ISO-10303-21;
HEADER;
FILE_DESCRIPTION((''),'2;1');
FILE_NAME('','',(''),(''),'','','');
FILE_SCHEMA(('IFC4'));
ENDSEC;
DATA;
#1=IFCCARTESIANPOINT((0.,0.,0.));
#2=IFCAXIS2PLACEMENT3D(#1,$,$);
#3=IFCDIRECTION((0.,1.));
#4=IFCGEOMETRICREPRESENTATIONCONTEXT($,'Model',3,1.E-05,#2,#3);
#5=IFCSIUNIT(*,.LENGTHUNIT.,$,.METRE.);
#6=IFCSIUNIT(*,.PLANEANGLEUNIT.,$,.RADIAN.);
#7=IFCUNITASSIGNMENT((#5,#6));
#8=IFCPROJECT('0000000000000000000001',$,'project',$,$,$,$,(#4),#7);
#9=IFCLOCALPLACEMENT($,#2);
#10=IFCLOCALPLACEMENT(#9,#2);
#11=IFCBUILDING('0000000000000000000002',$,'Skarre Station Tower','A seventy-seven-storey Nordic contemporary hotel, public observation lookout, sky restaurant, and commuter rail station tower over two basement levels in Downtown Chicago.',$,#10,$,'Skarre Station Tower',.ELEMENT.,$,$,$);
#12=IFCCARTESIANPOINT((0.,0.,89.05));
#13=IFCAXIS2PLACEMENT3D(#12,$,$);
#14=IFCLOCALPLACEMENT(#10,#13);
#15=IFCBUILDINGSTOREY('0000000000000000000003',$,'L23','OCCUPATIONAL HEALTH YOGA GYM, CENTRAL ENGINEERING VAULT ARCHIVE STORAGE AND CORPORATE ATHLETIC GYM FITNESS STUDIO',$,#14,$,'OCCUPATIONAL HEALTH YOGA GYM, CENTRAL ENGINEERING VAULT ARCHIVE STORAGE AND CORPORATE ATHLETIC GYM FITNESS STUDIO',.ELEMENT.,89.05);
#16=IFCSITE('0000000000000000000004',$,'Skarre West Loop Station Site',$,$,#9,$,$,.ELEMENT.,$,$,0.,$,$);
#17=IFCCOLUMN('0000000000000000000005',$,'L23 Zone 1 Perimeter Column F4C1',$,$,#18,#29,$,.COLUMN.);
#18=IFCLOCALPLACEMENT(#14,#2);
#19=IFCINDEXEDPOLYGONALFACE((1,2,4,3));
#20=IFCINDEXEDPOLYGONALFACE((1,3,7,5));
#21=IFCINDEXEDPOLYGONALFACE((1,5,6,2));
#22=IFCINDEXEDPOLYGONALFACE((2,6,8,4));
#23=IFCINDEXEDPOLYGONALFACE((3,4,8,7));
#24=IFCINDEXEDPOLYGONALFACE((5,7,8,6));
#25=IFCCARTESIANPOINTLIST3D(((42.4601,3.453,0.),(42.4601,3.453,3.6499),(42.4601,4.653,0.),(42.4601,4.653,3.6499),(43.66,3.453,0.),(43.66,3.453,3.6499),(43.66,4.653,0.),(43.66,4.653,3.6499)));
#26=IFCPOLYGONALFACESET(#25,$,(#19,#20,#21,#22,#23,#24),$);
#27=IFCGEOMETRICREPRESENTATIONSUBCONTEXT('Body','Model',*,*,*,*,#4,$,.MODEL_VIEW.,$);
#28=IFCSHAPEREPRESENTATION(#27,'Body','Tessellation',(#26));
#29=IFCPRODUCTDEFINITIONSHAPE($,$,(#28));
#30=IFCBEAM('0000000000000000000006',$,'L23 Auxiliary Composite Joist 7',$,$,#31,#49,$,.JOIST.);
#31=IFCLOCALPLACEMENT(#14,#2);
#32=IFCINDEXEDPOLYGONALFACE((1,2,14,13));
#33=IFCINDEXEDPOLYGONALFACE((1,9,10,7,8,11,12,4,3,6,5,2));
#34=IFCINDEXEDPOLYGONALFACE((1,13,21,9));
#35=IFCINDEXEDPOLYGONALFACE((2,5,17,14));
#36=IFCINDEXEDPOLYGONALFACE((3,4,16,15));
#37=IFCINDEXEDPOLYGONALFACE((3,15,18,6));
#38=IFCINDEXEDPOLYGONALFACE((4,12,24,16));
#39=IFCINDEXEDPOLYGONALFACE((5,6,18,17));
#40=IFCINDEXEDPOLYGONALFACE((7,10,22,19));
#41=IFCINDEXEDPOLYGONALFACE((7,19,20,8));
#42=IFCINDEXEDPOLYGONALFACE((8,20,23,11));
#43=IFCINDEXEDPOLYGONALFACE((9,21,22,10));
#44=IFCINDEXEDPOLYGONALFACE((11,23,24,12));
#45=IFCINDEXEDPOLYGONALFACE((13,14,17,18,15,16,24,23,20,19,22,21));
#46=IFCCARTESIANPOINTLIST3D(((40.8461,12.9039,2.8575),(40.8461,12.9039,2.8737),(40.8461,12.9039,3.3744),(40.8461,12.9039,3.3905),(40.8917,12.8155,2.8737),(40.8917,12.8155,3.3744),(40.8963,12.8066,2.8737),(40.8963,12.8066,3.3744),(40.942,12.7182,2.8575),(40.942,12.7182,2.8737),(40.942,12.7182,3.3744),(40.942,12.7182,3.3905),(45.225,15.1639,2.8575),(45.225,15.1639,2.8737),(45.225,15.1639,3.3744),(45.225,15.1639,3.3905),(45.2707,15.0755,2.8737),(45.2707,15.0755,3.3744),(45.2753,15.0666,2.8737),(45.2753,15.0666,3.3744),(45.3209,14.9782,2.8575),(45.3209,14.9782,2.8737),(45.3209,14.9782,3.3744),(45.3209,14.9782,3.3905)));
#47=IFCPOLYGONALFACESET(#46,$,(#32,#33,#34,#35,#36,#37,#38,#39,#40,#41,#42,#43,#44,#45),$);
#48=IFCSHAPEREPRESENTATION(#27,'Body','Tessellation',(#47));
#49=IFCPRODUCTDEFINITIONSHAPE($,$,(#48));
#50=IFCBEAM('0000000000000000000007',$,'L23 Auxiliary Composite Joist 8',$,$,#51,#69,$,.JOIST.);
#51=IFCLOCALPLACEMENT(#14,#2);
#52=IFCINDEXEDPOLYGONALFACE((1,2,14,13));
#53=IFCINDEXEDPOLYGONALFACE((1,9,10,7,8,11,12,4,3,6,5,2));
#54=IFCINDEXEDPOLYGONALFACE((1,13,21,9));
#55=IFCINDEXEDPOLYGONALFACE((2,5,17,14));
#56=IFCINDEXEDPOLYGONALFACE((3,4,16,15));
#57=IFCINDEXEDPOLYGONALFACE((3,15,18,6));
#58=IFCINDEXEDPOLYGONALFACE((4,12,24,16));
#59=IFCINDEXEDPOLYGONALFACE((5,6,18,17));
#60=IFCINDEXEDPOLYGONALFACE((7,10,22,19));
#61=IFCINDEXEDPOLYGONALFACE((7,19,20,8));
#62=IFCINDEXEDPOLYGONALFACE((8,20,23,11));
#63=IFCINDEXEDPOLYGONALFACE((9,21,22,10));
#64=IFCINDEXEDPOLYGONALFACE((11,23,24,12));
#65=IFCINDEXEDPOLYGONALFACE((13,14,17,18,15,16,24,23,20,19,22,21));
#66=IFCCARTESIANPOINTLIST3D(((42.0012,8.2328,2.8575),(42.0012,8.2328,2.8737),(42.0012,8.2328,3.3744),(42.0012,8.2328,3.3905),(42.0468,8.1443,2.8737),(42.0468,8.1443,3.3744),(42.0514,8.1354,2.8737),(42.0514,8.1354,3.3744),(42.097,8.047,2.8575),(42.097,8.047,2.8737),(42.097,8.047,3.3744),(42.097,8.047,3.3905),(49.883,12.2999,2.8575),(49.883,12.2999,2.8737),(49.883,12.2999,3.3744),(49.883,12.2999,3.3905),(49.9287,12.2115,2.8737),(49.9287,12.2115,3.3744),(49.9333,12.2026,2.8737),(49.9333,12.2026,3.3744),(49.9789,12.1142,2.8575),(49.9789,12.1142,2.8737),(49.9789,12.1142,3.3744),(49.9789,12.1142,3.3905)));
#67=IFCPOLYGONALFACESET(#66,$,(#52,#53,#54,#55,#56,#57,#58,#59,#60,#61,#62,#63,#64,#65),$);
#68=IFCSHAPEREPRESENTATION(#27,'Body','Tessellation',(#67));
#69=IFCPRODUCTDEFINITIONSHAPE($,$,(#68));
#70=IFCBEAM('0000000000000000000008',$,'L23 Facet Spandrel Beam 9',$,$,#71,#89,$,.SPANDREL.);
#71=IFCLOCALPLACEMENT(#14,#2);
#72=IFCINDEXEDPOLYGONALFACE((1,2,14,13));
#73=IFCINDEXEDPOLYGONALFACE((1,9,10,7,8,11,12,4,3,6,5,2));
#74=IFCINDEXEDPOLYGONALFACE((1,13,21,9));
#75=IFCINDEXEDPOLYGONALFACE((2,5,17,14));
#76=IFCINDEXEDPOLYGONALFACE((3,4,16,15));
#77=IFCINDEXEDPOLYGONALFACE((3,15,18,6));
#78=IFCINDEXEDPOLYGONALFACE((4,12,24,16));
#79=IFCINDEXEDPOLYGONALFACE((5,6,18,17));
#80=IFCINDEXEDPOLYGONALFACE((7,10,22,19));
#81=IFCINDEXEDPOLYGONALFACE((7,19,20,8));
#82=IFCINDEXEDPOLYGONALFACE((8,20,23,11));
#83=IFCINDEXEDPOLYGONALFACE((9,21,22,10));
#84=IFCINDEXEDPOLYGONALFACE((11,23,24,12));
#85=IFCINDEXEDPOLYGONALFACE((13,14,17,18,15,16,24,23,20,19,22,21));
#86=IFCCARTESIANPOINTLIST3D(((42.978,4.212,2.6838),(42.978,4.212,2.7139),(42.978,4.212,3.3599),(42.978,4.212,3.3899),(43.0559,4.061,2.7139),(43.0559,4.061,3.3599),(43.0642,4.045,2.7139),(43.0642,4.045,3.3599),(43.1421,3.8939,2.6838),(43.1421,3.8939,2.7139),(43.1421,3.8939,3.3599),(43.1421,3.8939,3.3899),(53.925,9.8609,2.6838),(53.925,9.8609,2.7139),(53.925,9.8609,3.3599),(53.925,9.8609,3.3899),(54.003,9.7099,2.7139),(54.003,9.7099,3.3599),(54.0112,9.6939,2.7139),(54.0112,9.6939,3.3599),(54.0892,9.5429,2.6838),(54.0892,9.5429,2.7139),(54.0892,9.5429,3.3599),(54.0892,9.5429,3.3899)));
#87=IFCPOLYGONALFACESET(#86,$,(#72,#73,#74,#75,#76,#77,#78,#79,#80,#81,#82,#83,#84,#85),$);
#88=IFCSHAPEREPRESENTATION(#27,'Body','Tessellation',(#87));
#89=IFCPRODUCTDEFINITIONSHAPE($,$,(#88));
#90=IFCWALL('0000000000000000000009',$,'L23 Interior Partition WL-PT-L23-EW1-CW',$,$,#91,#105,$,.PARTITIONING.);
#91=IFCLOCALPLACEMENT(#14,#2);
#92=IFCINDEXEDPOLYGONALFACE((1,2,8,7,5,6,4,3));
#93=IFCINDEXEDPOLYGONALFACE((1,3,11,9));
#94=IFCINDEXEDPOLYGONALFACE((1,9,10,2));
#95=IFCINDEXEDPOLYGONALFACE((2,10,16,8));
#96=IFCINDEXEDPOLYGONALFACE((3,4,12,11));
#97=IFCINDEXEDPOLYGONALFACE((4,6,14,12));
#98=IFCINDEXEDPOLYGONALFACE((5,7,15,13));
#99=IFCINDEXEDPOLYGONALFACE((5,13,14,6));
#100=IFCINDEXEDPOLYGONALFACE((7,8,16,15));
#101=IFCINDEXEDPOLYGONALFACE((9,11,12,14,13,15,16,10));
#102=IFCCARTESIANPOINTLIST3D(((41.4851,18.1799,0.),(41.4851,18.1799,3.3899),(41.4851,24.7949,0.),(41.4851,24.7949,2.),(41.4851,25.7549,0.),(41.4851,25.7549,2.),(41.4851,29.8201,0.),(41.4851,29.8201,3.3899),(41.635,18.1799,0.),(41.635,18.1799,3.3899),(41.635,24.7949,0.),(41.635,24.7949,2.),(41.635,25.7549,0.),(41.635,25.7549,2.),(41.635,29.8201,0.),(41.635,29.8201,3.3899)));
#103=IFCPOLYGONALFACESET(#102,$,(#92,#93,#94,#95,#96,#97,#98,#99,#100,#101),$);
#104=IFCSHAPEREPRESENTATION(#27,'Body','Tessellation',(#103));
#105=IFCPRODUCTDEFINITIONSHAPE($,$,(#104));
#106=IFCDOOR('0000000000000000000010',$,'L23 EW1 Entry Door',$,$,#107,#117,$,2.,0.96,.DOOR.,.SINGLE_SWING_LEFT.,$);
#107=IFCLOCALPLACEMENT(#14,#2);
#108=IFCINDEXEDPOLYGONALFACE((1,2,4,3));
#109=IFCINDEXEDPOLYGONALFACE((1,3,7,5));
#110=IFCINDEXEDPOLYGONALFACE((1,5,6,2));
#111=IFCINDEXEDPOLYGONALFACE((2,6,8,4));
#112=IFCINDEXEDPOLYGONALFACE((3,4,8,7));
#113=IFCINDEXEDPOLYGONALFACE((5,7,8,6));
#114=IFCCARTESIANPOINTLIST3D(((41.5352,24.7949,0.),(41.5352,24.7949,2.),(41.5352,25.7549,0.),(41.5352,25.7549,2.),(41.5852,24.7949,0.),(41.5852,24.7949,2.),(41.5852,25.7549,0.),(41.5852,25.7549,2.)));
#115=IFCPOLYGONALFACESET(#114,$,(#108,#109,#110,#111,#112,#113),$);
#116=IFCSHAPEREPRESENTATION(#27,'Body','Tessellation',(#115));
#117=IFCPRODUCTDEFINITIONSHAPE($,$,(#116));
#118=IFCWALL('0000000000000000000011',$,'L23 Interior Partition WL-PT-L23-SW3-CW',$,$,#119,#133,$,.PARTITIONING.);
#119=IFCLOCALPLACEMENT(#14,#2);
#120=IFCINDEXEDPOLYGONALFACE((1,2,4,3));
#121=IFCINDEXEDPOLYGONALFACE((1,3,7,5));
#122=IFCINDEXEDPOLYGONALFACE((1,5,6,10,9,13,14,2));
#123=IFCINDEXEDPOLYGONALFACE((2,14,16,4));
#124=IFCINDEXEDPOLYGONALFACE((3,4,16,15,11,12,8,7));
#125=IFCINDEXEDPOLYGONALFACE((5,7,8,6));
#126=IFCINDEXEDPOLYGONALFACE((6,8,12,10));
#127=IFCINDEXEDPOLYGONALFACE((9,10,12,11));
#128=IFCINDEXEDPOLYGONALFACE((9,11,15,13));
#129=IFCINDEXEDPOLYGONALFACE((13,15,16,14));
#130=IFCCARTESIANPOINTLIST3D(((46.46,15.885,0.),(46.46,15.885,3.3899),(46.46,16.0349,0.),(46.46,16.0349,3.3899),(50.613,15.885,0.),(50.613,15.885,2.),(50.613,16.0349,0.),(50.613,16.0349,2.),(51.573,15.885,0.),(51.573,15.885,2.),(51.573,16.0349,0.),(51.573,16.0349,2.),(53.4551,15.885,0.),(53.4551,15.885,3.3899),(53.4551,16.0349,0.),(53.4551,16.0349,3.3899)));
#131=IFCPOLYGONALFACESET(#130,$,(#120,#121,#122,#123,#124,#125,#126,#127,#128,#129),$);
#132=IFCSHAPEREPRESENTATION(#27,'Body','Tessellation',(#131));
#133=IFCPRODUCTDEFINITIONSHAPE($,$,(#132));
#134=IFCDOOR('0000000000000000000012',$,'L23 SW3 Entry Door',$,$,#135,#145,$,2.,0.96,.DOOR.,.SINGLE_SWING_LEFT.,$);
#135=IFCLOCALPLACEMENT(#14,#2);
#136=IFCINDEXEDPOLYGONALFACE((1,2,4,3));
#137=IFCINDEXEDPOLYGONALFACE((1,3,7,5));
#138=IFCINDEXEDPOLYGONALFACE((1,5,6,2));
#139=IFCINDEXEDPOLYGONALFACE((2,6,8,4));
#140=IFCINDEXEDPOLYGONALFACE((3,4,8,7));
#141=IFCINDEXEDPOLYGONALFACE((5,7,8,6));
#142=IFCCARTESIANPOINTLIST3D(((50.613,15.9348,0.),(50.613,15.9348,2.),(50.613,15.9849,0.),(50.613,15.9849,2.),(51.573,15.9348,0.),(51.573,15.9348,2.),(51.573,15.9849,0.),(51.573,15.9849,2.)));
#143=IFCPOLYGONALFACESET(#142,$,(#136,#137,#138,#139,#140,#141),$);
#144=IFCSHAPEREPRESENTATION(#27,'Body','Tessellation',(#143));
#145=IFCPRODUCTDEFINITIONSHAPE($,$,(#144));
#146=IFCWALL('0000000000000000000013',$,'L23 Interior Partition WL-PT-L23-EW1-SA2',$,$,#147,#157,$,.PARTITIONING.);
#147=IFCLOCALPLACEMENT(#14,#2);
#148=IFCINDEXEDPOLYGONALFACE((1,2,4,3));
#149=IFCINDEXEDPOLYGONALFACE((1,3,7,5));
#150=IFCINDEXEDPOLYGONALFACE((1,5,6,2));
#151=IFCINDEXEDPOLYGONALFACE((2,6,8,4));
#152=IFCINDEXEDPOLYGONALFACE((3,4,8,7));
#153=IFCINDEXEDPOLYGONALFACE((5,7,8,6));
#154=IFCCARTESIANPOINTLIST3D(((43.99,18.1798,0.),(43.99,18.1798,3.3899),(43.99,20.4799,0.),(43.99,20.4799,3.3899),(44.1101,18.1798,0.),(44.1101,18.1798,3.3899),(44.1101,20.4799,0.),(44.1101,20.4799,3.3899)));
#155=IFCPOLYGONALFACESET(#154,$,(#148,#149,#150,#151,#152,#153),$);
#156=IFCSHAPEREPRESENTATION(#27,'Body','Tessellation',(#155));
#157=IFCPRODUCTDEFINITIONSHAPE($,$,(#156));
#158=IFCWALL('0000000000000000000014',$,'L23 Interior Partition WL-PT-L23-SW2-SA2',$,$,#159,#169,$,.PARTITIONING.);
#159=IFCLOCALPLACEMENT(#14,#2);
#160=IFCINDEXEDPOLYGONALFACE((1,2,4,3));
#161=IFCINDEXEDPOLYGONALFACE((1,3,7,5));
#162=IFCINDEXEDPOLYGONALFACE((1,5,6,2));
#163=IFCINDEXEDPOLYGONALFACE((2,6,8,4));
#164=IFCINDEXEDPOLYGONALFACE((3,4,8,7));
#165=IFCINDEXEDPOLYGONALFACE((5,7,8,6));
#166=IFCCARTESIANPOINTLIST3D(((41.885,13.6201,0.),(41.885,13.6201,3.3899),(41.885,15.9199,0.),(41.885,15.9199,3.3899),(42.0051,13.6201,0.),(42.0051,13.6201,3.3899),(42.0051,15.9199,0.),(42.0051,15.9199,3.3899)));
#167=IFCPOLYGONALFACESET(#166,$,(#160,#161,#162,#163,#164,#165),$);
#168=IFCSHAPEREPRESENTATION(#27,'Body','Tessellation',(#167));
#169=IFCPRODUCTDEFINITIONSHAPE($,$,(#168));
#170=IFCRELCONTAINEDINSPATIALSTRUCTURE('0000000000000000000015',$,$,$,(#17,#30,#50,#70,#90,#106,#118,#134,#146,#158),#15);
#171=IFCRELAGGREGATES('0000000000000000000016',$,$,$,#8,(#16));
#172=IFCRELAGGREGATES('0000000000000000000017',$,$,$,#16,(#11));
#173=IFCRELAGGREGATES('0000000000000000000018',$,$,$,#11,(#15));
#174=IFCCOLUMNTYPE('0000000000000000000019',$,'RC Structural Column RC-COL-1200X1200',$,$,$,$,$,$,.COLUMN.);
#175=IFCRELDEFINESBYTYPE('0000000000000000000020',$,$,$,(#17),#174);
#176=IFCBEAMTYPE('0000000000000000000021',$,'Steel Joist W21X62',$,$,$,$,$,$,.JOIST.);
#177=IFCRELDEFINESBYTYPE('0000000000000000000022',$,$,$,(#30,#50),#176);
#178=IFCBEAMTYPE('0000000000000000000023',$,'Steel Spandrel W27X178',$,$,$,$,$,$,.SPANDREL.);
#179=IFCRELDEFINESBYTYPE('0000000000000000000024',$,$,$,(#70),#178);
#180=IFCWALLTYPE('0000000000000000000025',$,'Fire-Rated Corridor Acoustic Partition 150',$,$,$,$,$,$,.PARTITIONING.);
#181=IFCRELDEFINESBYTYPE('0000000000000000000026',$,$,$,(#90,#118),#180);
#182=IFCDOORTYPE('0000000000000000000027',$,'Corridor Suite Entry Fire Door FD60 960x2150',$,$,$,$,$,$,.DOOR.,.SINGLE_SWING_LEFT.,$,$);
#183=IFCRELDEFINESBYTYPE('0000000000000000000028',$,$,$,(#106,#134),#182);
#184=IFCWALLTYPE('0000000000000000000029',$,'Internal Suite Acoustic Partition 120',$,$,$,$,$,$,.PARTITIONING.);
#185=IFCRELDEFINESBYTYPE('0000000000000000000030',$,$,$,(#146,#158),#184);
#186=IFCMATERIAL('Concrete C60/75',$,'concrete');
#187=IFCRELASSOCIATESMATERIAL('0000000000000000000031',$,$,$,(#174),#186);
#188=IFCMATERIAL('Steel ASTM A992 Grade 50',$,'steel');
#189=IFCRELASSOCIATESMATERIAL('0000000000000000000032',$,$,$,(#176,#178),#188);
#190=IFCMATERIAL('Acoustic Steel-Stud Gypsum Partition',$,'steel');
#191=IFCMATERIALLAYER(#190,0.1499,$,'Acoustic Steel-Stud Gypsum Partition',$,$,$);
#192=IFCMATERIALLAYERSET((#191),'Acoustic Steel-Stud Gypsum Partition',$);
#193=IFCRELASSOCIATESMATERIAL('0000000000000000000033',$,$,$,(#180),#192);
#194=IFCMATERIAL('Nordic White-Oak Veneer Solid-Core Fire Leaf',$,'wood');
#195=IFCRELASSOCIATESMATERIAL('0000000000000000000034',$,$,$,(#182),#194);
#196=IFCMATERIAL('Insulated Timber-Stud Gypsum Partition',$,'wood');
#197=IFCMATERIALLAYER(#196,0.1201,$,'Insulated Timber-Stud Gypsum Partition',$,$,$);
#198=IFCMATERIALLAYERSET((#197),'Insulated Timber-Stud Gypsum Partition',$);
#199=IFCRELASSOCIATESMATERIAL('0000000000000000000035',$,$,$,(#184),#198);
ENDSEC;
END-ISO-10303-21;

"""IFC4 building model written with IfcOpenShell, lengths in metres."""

from ifc_helpers import new_model, si_unit, direction, frame, frame_2d, origin, origin_2d, place, context, subcontext, project, spatial, rectangle, i_section, extrude, material, layer, layer_set, material_profile, profile_set, type_object, element, fill, save


model = new_model("IFC4")

# Units and contexts
model_context = context("Model", 3, precision=1e-05, world=origin(), true_north=direction((0.0, 1.0)))
body_context = subcontext(model_context, "Body", "Model", "MODEL_VIEW")
ifc_project = project(units=[si_unit("LENGTHUNIT", "METRE"), si_unit("PLANEANGLEUNIT", "RADIAN")], contexts=[model_context])

# Site, building, storey
site_placement = place(None, origin())
site = spatial("IfcSite", under=ifc_project, at=site_placement, Name="Skarre West Loop Station Site", CompositionType="ELEMENT", RefElevation=0.0)
building_placement = place(site_placement, origin())
building = spatial("IfcBuilding", under=site, at=building_placement, Name="Skarre Station Tower", Description="A seventy-seven-storey Nordic contemporary hotel, public observation lookout, sky restaurant, and commuter rail station tower over two basement levels in Downtown Chicago.", LongName="Skarre Station Tower", CompositionType="ELEMENT")
storey_placement = place(building_placement, frame((0.0, 0.0, 89.05)))
storey = spatial("IfcBuildingStorey", under=building, at=storey_placement, Name="L23", Description="OCCUPATIONAL HEALTH YOGA GYM, CENTRAL ENGINEERING VAULT ARCHIVE STORAGE AND CORPORATE ATHLETIC GYM FITNESS STUDIO", LongName="OCCUPATIONAL HEALTH YOGA GYM, CENTRAL ENGINEERING VAULT ARCHIVE STORAGE AND CORPORATE ATHLETIC GYM FITNESS STUDIO", CompositionType="ELEMENT", Elevation=89.05)

# Column
ifc_material_1 = material(Name="Concrete C60/75", Category="concrete")
ifc_material_profile_1 = material_profile(ifc_material_1, rectangle(XDim=1.2, YDim=1.2, at=origin_2d()), Name="Concrete C60/75")
ifc_profile_set_1 = profile_set([ifc_material_profile_1], Name="Concrete C60/75")
column_type = type_object("IfcColumnType", Name="RC Structural Column RC-COL-1200X1200", PredefinedType="COLUMN", material=ifc_profile_set_1)
column_placement = place(storey_placement, frame((43.0601, 4.053, 0.0), z_axis=(0.0, 0.0, 1.0), x_axis=(1.0, 0.0, 0.0)))
element("IfcColumn", 1, at=column_placement, inside=storey, type_object=column_type, Name="L23 Zone 1 Perimeter Column F4C1", PredefinedType="COLUMN", context=body_context, shape_type="SweptSolid", body=[
    extrude(rectangle(XDim=1.2, YDim=1.2, at=origin_2d()), origin(), (0.0, 0.0, 1.0), 3.6499),
])

# Beams
ifc_material_2 = material(Name="Steel ASTM A992 Grade 50", Category="steel")
ifc_material_profile_2 = material_profile(ifc_material_2, i_section(OverallWidth=0.209, OverallDepth=0.533, WebThickness=0.01, FlangeThickness=0.0161, at=origin_2d()), Name="Steel ASTM A992 Grade 50")
ifc_profile_set_2 = profile_set([ifc_material_profile_2], Name="Steel ASTM A992 Grade 50")
beam_type_1 = type_object("IfcBeamType", Name="Steel Joist W21X62", PredefinedType="JOIST", material=ifc_profile_set_2)
beam_1_placement = place(storey_placement, frame((40.894, 12.811, 3.124), z_axis=(0.888627, 0.458632, 0.0), x_axis=(-0.458632, 0.888627, 0.0)))
element("IfcBeam", 2, at=beam_1_placement, inside=storey, type_object=beam_type_1, Name="L23 Auxiliary Composite Joist 7", PredefinedType="JOIST", context=body_context, shape_type="SweptSolid", body=[
    extrude(i_section(OverallWidth=0.209, OverallDepth=0.533, WebThickness=0.01, FlangeThickness=0.0161, at=origin_2d()), origin(), (0.0, 0.0, 1.0), 4.9277),
])
beam_2_placement = place(storey_placement, frame((42.0491, 8.1399, 3.124), z_axis=(0.888662, 0.458562, 0.0), x_axis=(-0.458562, 0.888662, 0.0)))
element("IfcBeam", 3, at=beam_2_placement, inside=storey, type_object=beam_type_1, Name="L23 Auxiliary Composite Joist 8", PredefinedType="JOIST", context=body_context, shape_type="SweptSolid", body=[
    extrude(i_section(OverallWidth=0.209, OverallDepth=0.533, WebThickness=0.01, FlangeThickness=0.0161, at=origin_2d()), origin(), (0.0, 0.0, 1.0), 8.8694),
])
ifc_material_profile_3 = material_profile(ifc_material_2, i_section(OverallWidth=0.3579, OverallDepth=0.7061, WebThickness=0.0181, FlangeThickness=0.03, at=origin_2d()), Name="Steel ASTM A992 Grade 50")
ifc_profile_set_3 = profile_set([ifc_material_profile_3], Name="Steel ASTM A992 Grade 50")
beam_type_2 = type_object("IfcBeamType", Name="Steel Spandrel W27X178", PredefinedType="SPANDREL", material=ifc_profile_set_3)
beam_3_placement = place(storey_placement, frame((43.0601, 4.053, 3.0369), z_axis=(0.888659, 0.458569, 0.0), x_axis=(-0.458569, 0.888659, 0.0)))
element("IfcBeam", 4, at=beam_3_placement, inside=storey, type_object=beam_type_2, Name="L23 Facet Spandrel Beam 9", PredefinedType="SPANDREL", context=body_context, shape_type="SweptSolid", body=[
    extrude(i_section(OverallWidth=0.3579, OverallDepth=0.7061, WebThickness=0.0181, FlangeThickness=0.03, at=origin_2d()), origin(), (0.0, 0.0, 1.0), 12.3186),
])

# Walls, openings, doors
ifc_material_3 = material(Name="Acoustic Steel-Stud Gypsum Partition", Category="steel")
ifc_layer_1 = layer(ifc_material_3, 0.1499, Name="Acoustic Steel-Stud Gypsum Partition")
ifc_layer_set_1 = layer_set([ifc_layer_1], Name="Acoustic Steel-Stud Gypsum Partition")
wall_type_1 = type_object("IfcWallType", Name="Fire-Rated Corridor Acoustic Partition 150", PredefinedType="PARTITIONING", material=ifc_layer_set_1)
wall_1_placement = place(storey_placement, frame((41.5601, 18.1799, 0.0), z_axis=(0.0, 0.0, 1.0), x_axis=(0.0, 1.0, 0.0)))
wall_1 = element("IfcWall", 5, at=wall_1_placement, inside=storey, type_object=wall_type_1, Name="L23 Interior Partition WL-PT-L23-EW1-CW", PredefinedType="PARTITIONING", context=body_context, shape_type="SweptSolid", body=[
    extrude(rectangle(XDim=11.6401, YDim=0.1499, at=frame_2d((5.8201, 0.0))), origin(), (0.0, 0.0, 1.0), 3.3899),
])
opening_1_placement = place(wall_1_placement, frame((6.615, 0.0, 0.0)))
opening_1 = element("IfcOpeningElement", 6, at=opening_1_placement, cuts=wall_1, PredefinedType="OPENING", context=body_context, shape_type="SweptSolid", body=[
    extrude(rectangle(XDim=0.96, YDim=2.0, at=frame_2d((0.48, 1.0))), frame((0.0, 0.085, 0.0), z_axis=(0.0, -1.0, 0.0), x_axis=(1.0, 0.0, 0.0)), (0.0, 0.0, 1.0), 0.1699),
])
ifc_material_4 = material(Name="Nordic White-Oak Veneer Solid-Core Fire Leaf", Category="wood")
door_type_1 = type_object("IfcDoorType", Name="Corridor Suite Entry Fire Door FD60 960x2150", OperationType="SINGLE_SWING_LEFT", PredefinedType="DOOR", material=ifc_material_4)
door_1_placement = place(opening_1_placement, origin())
door_1 = element("IfcDoor", 7, at=door_1_placement, inside=storey, type_object=door_type_1, Name="L23 EW1 Entry Door", OperationType="SINGLE_SWING_LEFT", OverallHeight=2.0, OverallWidth=0.96, PredefinedType="DOOR", context=body_context, shape_type="SweptSolid", body=[
    extrude(rectangle(XDim=0.96, YDim=2.0, at=frame_2d((0.48, 1.0))), frame((0.0, 0.0249, 0.0), z_axis=(0.0, -1.0, 0.0), x_axis=(1.0, 0.0, 0.0)), (0.0, 0.0, 1.0), 0.05),
])
fill(opening_1, door_1)
wall_2_placement = place(storey_placement, frame((46.46, 15.96, 0.0), z_axis=(0.0, 0.0, 1.0), x_axis=(1.0, 0.0, 0.0)))
wall_2 = element("IfcWall", 8, at=wall_2_placement, inside=storey, type_object=wall_type_1, Name="L23 Interior Partition WL-PT-L23-SW3-CW", PredefinedType="PARTITIONING", context=body_context, shape_type="SweptSolid", body=[
    extrude(rectangle(XDim=6.9951, YDim=0.1499, at=frame_2d((3.4976, 0.0))), origin(), (0.0, 0.0, 1.0), 3.3899),
])
opening_2_placement = place(wall_2_placement, frame((4.1531, 0.0, 0.0)))
opening_2 = element("IfcOpeningElement", 9, at=opening_2_placement, cuts=wall_2, PredefinedType="OPENING", context=body_context, shape_type="SweptSolid", body=[
    extrude(rectangle(XDim=0.96, YDim=2.0, at=frame_2d((0.48, 1.0))), frame((0.0, 0.085, 0.0), z_axis=(0.0, -1.0, 0.0), x_axis=(1.0, 0.0, 0.0)), (0.0, 0.0, 1.0), 0.1699),
])
door_2_placement = place(opening_2_placement, origin())
door_2 = element("IfcDoor", 10, at=door_2_placement, inside=storey, type_object=door_type_1, Name="L23 SW3 Entry Door", OperationType="SINGLE_SWING_LEFT", OverallHeight=2.0, OverallWidth=0.96, PredefinedType="DOOR", context=body_context, shape_type="SweptSolid", body=[
    extrude(rectangle(XDim=0.96, YDim=2.0, at=frame_2d((0.48, 1.0))), frame((0.0, 0.0249, 0.0), z_axis=(0.0, -1.0, 0.0), x_axis=(1.0, 0.0, 0.0)), (0.0, 0.0, 1.0), 0.05),
])
fill(opening_2, door_2)

# Walls
ifc_material_5 = material(Name="Insulated Timber-Stud Gypsum Partition", Category="wood")
ifc_layer_2 = layer(ifc_material_5, 0.1201, Name="Insulated Timber-Stud Gypsum Partition")
ifc_layer_set_2 = layer_set([ifc_layer_2], Name="Insulated Timber-Stud Gypsum Partition")
wall_type_2 = type_object("IfcWallType", Name="Internal Suite Acoustic Partition 120", PredefinedType="PARTITIONING", material=ifc_layer_set_2)
wall_3_placement = place(storey_placement, frame((44.05, 18.1799, 0.0), z_axis=(0.0, 0.0, 1.0), x_axis=(0.0, 1.0, 0.0)))
element("IfcWall", 11, at=wall_3_placement, inside=storey, type_object=wall_type_2, Name="L23 Interior Partition WL-PT-L23-EW1-SA2", PredefinedType="PARTITIONING", context=body_context, shape_type="SweptSolid", body=[
    extrude(rectangle(XDim=2.3, YDim=0.1201, at=frame_2d((1.1499, 0.0))), origin(), (0.0, 0.0, 1.0), 3.3899),
])
wall_4_placement = place(storey_placement, frame((41.9451, 13.6201, 0.0), z_axis=(0.0, 0.0, 1.0), x_axis=(0.0, 1.0, 0.0)))
element("IfcWall", 12, at=wall_4_placement, inside=storey, type_object=wall_type_2, Name="L23 Interior Partition WL-PT-L23-SW2-SA2", PredefinedType="PARTITIONING", context=body_context, shape_type="SweptSolid", body=[
    extrude(rectangle(XDim=2.2998, YDim=0.1201, at=frame_2d((1.1499, 0.0))), origin(), (0.0, 0.0, 1.0), 3.3899),
])

save(model, "model.ifc")
